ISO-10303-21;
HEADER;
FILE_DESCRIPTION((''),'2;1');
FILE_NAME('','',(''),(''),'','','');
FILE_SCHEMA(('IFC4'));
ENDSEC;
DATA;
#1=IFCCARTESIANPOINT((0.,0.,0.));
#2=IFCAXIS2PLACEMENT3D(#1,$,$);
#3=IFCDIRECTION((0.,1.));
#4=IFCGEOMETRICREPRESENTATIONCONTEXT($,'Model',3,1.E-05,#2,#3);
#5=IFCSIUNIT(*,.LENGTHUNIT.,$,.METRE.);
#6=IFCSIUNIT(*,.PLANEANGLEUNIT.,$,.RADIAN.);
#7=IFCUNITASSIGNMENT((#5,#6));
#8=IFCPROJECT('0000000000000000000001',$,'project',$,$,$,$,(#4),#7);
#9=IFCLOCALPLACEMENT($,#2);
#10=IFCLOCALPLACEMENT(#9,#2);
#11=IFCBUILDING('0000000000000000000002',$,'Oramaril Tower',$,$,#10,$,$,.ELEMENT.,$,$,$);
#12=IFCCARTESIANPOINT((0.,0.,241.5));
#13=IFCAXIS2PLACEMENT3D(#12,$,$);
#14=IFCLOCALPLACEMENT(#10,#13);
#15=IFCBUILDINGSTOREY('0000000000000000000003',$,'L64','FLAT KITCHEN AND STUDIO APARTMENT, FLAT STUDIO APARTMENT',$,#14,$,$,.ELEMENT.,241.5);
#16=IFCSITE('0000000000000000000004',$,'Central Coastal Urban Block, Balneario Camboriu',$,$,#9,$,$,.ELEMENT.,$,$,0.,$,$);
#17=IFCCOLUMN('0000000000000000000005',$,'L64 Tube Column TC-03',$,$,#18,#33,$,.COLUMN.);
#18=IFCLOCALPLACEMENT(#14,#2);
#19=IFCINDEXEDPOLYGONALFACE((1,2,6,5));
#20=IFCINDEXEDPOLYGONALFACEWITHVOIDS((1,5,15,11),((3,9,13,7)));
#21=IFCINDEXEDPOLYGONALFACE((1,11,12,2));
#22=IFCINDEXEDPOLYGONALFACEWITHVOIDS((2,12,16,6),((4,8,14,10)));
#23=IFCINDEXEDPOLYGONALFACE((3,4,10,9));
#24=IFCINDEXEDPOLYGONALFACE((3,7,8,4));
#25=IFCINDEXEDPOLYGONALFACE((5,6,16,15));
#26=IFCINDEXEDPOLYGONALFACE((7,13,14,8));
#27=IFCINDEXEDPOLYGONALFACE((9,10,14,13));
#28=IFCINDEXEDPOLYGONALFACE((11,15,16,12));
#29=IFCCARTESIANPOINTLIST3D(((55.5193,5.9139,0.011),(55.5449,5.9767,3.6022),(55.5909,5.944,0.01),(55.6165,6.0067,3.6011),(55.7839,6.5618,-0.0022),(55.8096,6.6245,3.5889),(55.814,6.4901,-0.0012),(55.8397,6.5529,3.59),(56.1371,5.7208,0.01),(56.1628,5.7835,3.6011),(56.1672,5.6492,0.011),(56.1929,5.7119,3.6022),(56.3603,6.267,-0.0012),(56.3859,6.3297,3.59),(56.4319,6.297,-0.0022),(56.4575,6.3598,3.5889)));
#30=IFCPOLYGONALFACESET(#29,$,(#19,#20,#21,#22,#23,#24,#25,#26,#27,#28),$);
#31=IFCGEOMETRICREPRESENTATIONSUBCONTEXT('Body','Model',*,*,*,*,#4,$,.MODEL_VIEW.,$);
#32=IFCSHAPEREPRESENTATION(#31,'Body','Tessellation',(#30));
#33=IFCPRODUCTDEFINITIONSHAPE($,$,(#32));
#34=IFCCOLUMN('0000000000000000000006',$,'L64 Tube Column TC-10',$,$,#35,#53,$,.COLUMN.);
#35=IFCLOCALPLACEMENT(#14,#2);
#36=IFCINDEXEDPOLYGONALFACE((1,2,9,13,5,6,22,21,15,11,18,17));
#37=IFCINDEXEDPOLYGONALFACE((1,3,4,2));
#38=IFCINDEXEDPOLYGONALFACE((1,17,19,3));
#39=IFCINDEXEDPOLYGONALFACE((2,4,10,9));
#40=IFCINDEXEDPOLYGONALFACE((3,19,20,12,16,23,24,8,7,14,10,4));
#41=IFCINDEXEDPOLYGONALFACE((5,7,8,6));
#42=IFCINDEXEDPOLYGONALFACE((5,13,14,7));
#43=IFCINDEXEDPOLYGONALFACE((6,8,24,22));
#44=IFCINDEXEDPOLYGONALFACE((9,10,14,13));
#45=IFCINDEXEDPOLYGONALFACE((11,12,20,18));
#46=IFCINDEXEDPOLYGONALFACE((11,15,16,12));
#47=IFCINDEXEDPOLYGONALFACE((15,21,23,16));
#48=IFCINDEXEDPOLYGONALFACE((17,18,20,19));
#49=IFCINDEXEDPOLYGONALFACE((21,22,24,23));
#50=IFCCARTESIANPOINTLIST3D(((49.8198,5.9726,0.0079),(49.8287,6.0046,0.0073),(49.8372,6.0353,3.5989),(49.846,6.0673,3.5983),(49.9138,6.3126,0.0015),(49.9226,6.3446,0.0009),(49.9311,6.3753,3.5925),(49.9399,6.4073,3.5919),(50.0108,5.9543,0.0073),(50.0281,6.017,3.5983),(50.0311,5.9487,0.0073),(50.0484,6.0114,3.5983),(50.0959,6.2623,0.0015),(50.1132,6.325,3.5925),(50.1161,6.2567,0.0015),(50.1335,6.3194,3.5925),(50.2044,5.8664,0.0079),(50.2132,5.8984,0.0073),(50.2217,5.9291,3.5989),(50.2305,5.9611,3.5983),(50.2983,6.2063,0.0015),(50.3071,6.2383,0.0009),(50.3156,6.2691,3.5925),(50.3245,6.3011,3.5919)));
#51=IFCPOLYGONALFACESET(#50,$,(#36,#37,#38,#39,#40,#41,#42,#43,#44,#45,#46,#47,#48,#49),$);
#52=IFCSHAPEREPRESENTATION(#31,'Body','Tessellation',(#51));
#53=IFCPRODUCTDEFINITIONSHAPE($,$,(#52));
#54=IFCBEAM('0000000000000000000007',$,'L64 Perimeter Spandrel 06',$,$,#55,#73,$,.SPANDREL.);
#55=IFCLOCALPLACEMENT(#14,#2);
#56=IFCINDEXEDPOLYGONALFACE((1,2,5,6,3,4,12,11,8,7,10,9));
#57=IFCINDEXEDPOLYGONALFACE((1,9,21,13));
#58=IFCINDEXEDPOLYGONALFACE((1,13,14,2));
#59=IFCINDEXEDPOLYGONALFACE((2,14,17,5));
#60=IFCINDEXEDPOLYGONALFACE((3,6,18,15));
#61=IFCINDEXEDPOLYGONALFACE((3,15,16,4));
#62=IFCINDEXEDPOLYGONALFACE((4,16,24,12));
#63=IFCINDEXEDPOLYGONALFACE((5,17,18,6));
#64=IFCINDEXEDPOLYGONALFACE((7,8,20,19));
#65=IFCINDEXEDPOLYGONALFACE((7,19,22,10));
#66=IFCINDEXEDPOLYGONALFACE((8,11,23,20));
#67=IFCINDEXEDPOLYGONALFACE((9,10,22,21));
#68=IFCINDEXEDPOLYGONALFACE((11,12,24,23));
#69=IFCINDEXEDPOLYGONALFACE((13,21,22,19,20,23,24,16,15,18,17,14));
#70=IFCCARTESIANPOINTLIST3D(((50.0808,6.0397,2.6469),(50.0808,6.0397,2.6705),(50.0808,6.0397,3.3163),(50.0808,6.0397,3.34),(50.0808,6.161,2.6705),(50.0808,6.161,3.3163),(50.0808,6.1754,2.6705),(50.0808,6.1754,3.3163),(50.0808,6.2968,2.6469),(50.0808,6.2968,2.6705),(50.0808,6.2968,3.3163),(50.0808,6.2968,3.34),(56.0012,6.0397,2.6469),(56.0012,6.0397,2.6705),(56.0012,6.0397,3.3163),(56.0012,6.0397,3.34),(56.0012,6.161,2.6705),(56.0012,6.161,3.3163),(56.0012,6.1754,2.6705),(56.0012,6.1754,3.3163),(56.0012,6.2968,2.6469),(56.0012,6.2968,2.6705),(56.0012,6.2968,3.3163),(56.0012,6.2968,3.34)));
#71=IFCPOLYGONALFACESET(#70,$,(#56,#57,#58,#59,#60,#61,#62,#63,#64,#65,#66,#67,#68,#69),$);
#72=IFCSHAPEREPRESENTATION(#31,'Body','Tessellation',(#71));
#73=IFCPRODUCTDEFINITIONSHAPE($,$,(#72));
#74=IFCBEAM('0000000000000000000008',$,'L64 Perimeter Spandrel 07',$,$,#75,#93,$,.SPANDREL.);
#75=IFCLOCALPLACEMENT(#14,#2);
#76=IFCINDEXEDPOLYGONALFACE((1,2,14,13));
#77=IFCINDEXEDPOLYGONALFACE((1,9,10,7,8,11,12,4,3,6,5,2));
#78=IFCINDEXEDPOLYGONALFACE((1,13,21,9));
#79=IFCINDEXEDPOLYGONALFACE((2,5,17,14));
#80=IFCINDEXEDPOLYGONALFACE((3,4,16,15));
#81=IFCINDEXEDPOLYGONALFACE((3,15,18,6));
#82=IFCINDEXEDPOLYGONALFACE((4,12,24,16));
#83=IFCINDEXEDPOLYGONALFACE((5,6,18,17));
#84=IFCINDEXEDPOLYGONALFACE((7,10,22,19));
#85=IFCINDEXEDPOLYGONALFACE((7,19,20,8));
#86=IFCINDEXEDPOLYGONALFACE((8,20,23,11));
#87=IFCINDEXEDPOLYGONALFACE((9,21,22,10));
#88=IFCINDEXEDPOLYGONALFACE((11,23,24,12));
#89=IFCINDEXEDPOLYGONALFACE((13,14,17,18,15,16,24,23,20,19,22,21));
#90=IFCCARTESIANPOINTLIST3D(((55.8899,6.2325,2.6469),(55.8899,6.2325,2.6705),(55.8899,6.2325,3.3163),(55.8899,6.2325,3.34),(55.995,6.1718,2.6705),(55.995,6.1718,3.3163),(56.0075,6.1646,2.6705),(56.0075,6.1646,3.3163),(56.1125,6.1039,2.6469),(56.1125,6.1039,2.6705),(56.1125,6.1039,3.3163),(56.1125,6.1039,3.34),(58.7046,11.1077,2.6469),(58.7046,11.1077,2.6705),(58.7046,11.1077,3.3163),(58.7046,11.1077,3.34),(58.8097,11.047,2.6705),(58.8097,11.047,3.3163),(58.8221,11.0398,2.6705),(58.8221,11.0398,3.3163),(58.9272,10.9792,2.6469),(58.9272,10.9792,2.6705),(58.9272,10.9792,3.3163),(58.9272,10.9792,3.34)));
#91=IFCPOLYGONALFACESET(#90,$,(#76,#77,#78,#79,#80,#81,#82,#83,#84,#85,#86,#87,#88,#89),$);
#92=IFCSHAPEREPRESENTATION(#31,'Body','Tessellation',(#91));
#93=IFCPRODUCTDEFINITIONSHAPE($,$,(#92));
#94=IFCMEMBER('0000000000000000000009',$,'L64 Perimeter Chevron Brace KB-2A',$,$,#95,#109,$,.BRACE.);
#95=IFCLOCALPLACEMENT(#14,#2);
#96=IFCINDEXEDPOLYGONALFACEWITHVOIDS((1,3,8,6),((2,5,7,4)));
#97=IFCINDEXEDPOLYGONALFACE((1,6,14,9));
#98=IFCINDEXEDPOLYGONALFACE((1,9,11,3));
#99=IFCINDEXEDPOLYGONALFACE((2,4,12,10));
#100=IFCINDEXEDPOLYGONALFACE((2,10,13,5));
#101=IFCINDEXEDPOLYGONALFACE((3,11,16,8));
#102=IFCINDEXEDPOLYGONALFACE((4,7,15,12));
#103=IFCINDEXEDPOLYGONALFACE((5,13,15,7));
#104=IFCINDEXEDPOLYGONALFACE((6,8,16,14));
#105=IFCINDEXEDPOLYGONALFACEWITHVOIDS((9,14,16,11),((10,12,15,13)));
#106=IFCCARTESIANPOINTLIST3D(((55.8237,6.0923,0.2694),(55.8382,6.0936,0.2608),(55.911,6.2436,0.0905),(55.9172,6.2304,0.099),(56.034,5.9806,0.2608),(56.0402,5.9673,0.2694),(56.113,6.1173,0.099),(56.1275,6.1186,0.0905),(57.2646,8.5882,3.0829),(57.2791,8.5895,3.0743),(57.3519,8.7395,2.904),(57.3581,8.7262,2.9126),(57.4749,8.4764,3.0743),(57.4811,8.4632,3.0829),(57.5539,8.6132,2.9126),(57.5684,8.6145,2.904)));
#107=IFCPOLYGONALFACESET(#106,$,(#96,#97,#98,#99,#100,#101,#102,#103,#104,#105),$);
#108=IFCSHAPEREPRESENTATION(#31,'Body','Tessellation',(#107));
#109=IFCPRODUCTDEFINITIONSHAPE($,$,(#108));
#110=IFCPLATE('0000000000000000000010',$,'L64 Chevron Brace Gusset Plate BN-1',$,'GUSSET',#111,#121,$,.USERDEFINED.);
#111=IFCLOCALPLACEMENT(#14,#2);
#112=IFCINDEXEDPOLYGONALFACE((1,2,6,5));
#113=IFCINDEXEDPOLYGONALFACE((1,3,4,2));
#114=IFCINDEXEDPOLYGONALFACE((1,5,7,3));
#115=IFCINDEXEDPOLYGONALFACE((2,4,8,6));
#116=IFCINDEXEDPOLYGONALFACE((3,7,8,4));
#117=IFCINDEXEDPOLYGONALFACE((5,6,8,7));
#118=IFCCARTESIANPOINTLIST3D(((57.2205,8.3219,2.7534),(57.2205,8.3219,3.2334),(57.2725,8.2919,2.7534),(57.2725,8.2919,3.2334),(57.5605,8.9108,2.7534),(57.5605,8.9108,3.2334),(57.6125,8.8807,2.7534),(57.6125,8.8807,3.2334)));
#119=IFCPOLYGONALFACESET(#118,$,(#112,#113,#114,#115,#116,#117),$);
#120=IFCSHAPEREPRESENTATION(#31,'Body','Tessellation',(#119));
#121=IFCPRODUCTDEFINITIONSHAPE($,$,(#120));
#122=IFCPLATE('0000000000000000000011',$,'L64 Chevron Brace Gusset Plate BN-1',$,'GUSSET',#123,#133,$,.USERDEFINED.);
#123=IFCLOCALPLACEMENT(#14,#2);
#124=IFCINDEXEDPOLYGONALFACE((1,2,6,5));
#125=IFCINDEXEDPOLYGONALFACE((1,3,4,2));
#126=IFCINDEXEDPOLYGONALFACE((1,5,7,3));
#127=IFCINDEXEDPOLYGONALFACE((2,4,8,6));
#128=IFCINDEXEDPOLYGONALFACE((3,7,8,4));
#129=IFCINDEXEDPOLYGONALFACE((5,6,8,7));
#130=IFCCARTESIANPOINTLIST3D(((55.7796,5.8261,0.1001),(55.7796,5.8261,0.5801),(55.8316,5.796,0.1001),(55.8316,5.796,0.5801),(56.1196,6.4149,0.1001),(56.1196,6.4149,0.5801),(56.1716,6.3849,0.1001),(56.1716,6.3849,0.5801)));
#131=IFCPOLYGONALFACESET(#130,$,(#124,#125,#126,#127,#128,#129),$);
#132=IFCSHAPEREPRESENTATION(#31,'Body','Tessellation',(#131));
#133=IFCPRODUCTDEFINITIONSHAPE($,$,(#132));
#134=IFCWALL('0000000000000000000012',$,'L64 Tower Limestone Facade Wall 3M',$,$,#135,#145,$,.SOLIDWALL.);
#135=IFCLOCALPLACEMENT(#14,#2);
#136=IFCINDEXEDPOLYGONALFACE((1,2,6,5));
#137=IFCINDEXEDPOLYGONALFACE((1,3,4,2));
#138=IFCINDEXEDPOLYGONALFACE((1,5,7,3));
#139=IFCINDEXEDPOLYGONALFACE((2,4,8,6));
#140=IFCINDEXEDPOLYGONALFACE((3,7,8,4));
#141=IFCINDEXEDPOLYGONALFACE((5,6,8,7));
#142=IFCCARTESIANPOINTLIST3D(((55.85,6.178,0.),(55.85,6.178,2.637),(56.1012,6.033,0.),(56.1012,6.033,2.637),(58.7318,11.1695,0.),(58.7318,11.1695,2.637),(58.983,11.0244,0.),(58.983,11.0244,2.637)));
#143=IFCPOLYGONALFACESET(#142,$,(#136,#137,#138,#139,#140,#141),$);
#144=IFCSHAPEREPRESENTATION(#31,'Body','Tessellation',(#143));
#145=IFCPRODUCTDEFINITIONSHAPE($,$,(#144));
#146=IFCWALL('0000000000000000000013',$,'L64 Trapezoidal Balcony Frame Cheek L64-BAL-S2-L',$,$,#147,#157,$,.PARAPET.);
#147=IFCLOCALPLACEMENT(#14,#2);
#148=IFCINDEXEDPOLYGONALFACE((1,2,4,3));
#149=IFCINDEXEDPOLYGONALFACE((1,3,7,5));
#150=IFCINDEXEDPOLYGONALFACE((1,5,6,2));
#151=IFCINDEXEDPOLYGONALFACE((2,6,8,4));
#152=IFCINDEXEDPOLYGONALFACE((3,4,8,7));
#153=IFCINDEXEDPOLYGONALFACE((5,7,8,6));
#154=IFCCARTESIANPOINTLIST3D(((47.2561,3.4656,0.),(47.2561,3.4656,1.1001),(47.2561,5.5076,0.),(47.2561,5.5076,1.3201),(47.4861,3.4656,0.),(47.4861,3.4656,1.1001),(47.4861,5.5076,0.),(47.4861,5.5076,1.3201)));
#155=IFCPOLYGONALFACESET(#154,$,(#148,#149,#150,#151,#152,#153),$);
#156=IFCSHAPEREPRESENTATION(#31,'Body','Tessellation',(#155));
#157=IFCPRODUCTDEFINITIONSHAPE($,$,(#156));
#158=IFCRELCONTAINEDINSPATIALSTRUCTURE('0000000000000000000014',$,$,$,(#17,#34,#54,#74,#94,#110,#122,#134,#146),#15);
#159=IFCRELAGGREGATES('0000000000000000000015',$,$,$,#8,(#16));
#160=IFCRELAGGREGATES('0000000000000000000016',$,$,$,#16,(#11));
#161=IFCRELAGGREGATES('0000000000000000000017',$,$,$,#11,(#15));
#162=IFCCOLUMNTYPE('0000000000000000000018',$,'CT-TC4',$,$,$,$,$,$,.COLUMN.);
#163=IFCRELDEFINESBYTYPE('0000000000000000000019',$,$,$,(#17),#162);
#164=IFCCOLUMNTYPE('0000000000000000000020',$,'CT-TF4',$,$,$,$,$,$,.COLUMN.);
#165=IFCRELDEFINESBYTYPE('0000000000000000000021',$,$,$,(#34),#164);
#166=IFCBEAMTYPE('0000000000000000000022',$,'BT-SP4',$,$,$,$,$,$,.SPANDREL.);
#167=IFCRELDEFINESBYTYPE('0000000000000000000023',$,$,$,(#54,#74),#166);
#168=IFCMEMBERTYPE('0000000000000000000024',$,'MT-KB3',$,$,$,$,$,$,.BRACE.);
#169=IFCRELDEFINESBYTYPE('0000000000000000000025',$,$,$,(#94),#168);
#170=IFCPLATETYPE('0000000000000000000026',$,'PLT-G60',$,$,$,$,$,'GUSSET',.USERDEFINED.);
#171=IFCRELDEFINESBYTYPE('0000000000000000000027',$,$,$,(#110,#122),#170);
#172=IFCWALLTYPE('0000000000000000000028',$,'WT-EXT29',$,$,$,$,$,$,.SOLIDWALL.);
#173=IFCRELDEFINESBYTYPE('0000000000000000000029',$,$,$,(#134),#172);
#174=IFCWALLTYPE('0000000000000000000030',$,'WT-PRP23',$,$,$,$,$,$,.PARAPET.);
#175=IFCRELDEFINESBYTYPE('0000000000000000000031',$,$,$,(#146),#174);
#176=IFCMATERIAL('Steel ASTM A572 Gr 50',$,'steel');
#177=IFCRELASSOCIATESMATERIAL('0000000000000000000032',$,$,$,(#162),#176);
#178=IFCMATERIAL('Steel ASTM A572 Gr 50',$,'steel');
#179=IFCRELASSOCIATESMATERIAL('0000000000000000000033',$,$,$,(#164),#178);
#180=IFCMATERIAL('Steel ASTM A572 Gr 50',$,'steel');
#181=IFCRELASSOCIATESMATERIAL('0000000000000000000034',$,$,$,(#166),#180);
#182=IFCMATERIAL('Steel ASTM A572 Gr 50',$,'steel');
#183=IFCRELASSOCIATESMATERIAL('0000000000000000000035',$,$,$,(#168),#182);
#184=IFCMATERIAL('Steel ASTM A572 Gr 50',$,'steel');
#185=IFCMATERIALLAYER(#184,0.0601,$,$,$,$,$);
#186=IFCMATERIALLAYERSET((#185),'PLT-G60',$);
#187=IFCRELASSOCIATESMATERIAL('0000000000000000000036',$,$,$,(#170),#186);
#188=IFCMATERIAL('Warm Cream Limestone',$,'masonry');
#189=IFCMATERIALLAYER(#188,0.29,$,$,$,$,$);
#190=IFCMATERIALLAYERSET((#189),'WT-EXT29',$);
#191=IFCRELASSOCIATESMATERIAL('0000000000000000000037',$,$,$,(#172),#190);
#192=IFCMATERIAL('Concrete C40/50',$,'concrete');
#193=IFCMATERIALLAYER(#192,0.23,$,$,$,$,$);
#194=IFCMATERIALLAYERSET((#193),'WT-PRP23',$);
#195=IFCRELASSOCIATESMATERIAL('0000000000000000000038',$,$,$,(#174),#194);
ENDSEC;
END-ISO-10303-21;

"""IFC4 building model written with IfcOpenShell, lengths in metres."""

from ifc_helpers import new_model, si_unit, direction, frame, frame_2d, origin, origin_2d, place, context, subcontext, project, spatial, polyline, rectangle, hollow_rectangle, i_section, outline, extrude, material, layer, layer_set, material_profile, profile_set, type_object, element, save


model = new_model("IFC4")

# Units and contexts
model_context = context("Model", 3, precision=1e-05, world=origin(), true_north=direction((0.0, 1.0)))
body_context = subcontext(model_context, "Body", "Model", "MODEL_VIEW")
ifc_project = project(units=[si_unit("LENGTHUNIT", "METRE"), si_unit("PLANEANGLEUNIT", "RADIAN")], contexts=[model_context])

# Site, building, storey
site_placement = place(None, origin())
site = spatial("IfcSite", under=ifc_project, at=site_placement, Name="Central Coastal Urban Block, Balneario Camboriu", CompositionType="ELEMENT", RefElevation=0.0)
building_placement = place(site_placement, origin())
building = spatial("IfcBuilding", under=site, at=building_placement, Name="Oramaril Tower", CompositionType="ELEMENT")
storey_placement = place(building_placement, frame((0.0, 0.0, 241.5)))
storey = spatial("IfcBuildingStorey", under=building, at=storey_placement, Name="L64", Description="FLAT KITCHEN AND STUDIO APARTMENT, FLAT STUDIO APARTMENT", CompositionType="ELEMENT", Elevation=241.5)

# Columns
ifc_material_1 = material(Name="Steel ASTM A572 Gr 50", Category="steel")
ifc_material_profile_1 = material_profile(ifc_material_1, hollow_rectangle(XDim=0.7, YDim=0.7, WallThickness=0.0549, at=origin_2d()), Name="BOX700X700X55")
ifc_profile_set_1 = profile_set([ifc_material_profile_1], Name="Steel ASTM A572 Gr 50")
column_type_1 = type_object("IfcColumnType", Name="CT-TC4", PredefinedType="COLUMN", material=ifc_profile_set_1)
column_1_placement = place(storey_placement, frame((55.9756, 6.1055, 0.0044), z_axis=(0.007137, 0.017469, 0.999822), x_axis=(-0.925719, 0.378212, 0.0)))
element("IfcColumn", 1, at=column_1_placement, inside=storey, type_object=column_type_1, Name="L64 Tube Column TC-03", PredefinedType="COLUMN", context=body_context, shape_type="SweptSolid", body=[
    extrude(hollow_rectangle(XDim=0.7, YDim=0.7, WallThickness=0.0549, at=origin_2d()), origin(), (0.0, 0.0, 1.0), 3.5918),
])
ifc_material_2 = material(Name="Steel ASTM A572 Gr 50", Category="steel")
ifc_material_profile_2 = material_profile(ifc_material_2, i_section(OverallWidth=0.3989, OverallDepth=0.386, WebThickness=0.021, FlangeThickness=0.0332, at=origin_2d()), Name="W14X176")
ifc_profile_set_2 = profile_set([ifc_material_profile_2], Name="Steel ASTM A572 Gr 50")
column_type_2 = type_object("IfcColumnType", Name="CT-TF4", PredefinedType="COLUMN", material=ifc_profile_set_2)
column_2_placement = place(storey_placement, frame((50.0635, 6.1055, 0.0044), z_axis=(0.004826, 0.017469, 0.999836), x_axis=(-0.963893, 0.26629, 0.0)))
element("IfcColumn", 2, at=column_2_placement, inside=storey, type_object=column_type_2, Name="L64 Tube Column TC-10", PredefinedType="COLUMN", context=body_context, shape_type="SweptSolid", body=[
    extrude(i_section(OverallWidth=0.3989, OverallDepth=0.386, WebThickness=0.021, FlangeThickness=0.0332, at=origin_2d()), origin(), (0.0, 0.0, 1.0), 3.5916),
])

# Beams
ifc_material_3 = material(Name="Steel ASTM A572 Gr 50", Category="steel")
ifc_material_profile_3 = material_profile(ifc_material_3, i_section(OverallWidth=0.2571, OverallDepth=0.6931, WebThickness=0.0144, FlangeThickness=0.0237, at=origin_2d()), Name="W27X114")
ifc_profile_set_3 = profile_set([ifc_material_profile_3], Name="Steel ASTM A572 Gr 50")
beam_type = type_object("IfcBeamType", Name="BT-SP4", PredefinedType="SPANDREL", material=ifc_profile_set_3)
beam_1_placement = place(storey_placement, frame((50.0808, 6.1682, 2.9934), z_axis=(1.0, 0.0, 0.0), x_axis=(0.0, 1.0, 0.0)))
element("IfcBeam", 3, at=beam_1_placement, inside=storey, type_object=beam_type, Name="L64 Perimeter Spandrel 06", PredefinedType="SPANDREL", context=body_context, shape_type="SweptSolid", body=[
    extrude(i_section(OverallWidth=0.2571, OverallDepth=0.6931, WebThickness=0.0144, FlangeThickness=0.0237, at=origin_2d()), origin(), (0.0, 0.0, 1.0), 5.9204),
])
beam_2_placement = place(storey_placement, frame((56.0012, 6.1682, 2.9934), z_axis=(0.499997, 0.866027, 0.0), x_axis=(-0.866027, 0.499997, 0.0)))
element("IfcBeam", 4, at=beam_2_placement, inside=storey, type_object=beam_type, Name="L64 Perimeter Spandrel 07", PredefinedType="SPANDREL", context=body_context, shape_type="SweptSolid", body=[
    extrude(i_section(OverallWidth=0.2571, OverallDepth=0.6931, WebThickness=0.0144, FlangeThickness=0.0237, at=origin_2d()), origin(), (0.0, 0.0, 1.0), 5.6294),
])

# Member
ifc_material_4 = material(Name="Steel ASTM A572 Gr 50", Category="steel")
ifc_material_profile_4 = material_profile(ifc_material_4, hollow_rectangle(XDim=0.25, YDim=0.25, WallThickness=0.012, at=origin_2d()), Name="HSS250X250X12")
ifc_profile_set_4 = profile_set([ifc_material_profile_4], Name="Steel ASTM A572 Gr 50")
member_type = type_object("IfcMemberType", Name="MT-KB3", PredefinedType="BRACE", material=ifc_profile_set_4)
member_placement = place(storey_placement, frame((55.9756, 6.1055, 0.1799), z_axis=(0.357765, 0.619694, 0.698558), x_axis=(-0.866035, 0.499984, 0.0)))
element("IfcMember", 5, at=member_placement, inside=storey, type_object=member_type, Name="L64 Perimeter Chevron Brace KB-2A", PredefinedType="BRACE", context=body_context, shape_type="SweptSolid", body=[
    extrude(hollow_rectangle(XDim=0.25, YDim=0.25, WallThickness=0.012, at=origin_2d()), origin(), (0.0, 0.0, 1.0), 4.0276),
])

# Plates
ifc_material_5 = material(Name="Steel ASTM A572 Gr 50", Category="steel")
ifc_layer_1 = layer(ifc_material_5, 0.0601)
ifc_layer_set_1 = layer_set([ifc_layer_1], Name="PLT-G60")
plate_type = type_object("IfcPlateType", Name="PLT-G60", ElementType="GUSSET", PredefinedType="USERDEFINED", material=ifc_layer_set_1)
for number, where, z_axis, x_axis, name in (
    (6, (57.4165, 8.6013, 2.7534), (0.0, 0.0, 1.0), (0.500002, 0.866025, 0.0), "L64 Chevron Brace Gusset Plate BN-1"),
    (7, (55.9756, 6.1055, 0.1001), (0.0, 0.0, 1.0), (0.500002, 0.866025, 0.0), "L64 Chevron Brace Gusset Plate BN-1"),
):
    element("IfcPlate", number, at=place(storey_placement, frame(where, z_axis=z_axis, x_axis=x_axis)), inside=storey, type_object=plate_type, Name=name, ObjectType="GUSSET", PredefinedType="USERDEFINED", context=body_context, shape_type="SweptSolid", body=[
        extrude(rectangle(XDim=0.6799, YDim=0.0601, at=origin_2d()), origin(), (0.0, 0.0, 1.0), 0.48),
    ])

# Walls
ifc_material_6 = material(Name="Warm Cream Limestone", Category="masonry")
ifc_layer_2 = layer(ifc_material_6, 0.29)
ifc_layer_set_2 = layer_set([ifc_layer_2], Name="WT-EXT29")
wall_type_1 = type_object("IfcWallType", Name="WT-EXT29", PredefinedType="SOLIDWALL", material=ifc_layer_set_2)
wall_1_placement = place(storey_placement, frame((55.9756, 6.1055, 0.0), z_axis=(0.0, 0.0, 1.0), x_axis=(0.500002, 0.866024, 0.0)))
element("IfcWall", 8, at=wall_1_placement, inside=storey, type_object=wall_type_1, Name="L64 Tower Limestone Facade Wall 3M", PredefinedType="SOLIDWALL", context=body_context, shape_type="SweptSolid", body=[
    extrude(rectangle(XDim=5.7637, YDim=0.29, at=frame_2d((2.8818, 0.0))), origin(), (0.0, 0.0, 1.0), 2.637),
])
ifc_material_7 = material(Name="Concrete C40/50", Category="concrete")
ifc_layer_3 = layer(ifc_material_7, 0.23)
ifc_layer_set_3 = layer_set([ifc_layer_3], Name="WT-PRP23")
wall_type_2 = type_object("IfcWallType", Name="WT-PRP23", PredefinedType="PARAPET", material=ifc_layer_set_3)
wall_2_placement = place(storey_placement, frame((47.3711, 5.5076, 0.0), z_axis=(0.0, 0.0, 1.0), x_axis=(0.0, -1.0, 0.0)))
element("IfcWall", 9, at=wall_2_placement, inside=storey, type_object=wall_type_2, Name="L64 Trapezoidal Balcony Frame Cheek L64-BAL-S2-L", PredefinedType="PARAPET", context=body_context, shape_type="SweptSolid", body=[
    extrude(outline(polyline([(0.0, 0.0), (2.042, 0.0), (2.042, 1.1001), (0.0, 1.3201), (0.0, 0.0)])), frame((0.0, 0.115, 0.0), z_axis=(0.0, -1.0, 0.0), x_axis=(1.0, 0.0, 0.0)), (0.0, 0.0, 1.0), 0.23),
])

save(model, "model.ifc")
